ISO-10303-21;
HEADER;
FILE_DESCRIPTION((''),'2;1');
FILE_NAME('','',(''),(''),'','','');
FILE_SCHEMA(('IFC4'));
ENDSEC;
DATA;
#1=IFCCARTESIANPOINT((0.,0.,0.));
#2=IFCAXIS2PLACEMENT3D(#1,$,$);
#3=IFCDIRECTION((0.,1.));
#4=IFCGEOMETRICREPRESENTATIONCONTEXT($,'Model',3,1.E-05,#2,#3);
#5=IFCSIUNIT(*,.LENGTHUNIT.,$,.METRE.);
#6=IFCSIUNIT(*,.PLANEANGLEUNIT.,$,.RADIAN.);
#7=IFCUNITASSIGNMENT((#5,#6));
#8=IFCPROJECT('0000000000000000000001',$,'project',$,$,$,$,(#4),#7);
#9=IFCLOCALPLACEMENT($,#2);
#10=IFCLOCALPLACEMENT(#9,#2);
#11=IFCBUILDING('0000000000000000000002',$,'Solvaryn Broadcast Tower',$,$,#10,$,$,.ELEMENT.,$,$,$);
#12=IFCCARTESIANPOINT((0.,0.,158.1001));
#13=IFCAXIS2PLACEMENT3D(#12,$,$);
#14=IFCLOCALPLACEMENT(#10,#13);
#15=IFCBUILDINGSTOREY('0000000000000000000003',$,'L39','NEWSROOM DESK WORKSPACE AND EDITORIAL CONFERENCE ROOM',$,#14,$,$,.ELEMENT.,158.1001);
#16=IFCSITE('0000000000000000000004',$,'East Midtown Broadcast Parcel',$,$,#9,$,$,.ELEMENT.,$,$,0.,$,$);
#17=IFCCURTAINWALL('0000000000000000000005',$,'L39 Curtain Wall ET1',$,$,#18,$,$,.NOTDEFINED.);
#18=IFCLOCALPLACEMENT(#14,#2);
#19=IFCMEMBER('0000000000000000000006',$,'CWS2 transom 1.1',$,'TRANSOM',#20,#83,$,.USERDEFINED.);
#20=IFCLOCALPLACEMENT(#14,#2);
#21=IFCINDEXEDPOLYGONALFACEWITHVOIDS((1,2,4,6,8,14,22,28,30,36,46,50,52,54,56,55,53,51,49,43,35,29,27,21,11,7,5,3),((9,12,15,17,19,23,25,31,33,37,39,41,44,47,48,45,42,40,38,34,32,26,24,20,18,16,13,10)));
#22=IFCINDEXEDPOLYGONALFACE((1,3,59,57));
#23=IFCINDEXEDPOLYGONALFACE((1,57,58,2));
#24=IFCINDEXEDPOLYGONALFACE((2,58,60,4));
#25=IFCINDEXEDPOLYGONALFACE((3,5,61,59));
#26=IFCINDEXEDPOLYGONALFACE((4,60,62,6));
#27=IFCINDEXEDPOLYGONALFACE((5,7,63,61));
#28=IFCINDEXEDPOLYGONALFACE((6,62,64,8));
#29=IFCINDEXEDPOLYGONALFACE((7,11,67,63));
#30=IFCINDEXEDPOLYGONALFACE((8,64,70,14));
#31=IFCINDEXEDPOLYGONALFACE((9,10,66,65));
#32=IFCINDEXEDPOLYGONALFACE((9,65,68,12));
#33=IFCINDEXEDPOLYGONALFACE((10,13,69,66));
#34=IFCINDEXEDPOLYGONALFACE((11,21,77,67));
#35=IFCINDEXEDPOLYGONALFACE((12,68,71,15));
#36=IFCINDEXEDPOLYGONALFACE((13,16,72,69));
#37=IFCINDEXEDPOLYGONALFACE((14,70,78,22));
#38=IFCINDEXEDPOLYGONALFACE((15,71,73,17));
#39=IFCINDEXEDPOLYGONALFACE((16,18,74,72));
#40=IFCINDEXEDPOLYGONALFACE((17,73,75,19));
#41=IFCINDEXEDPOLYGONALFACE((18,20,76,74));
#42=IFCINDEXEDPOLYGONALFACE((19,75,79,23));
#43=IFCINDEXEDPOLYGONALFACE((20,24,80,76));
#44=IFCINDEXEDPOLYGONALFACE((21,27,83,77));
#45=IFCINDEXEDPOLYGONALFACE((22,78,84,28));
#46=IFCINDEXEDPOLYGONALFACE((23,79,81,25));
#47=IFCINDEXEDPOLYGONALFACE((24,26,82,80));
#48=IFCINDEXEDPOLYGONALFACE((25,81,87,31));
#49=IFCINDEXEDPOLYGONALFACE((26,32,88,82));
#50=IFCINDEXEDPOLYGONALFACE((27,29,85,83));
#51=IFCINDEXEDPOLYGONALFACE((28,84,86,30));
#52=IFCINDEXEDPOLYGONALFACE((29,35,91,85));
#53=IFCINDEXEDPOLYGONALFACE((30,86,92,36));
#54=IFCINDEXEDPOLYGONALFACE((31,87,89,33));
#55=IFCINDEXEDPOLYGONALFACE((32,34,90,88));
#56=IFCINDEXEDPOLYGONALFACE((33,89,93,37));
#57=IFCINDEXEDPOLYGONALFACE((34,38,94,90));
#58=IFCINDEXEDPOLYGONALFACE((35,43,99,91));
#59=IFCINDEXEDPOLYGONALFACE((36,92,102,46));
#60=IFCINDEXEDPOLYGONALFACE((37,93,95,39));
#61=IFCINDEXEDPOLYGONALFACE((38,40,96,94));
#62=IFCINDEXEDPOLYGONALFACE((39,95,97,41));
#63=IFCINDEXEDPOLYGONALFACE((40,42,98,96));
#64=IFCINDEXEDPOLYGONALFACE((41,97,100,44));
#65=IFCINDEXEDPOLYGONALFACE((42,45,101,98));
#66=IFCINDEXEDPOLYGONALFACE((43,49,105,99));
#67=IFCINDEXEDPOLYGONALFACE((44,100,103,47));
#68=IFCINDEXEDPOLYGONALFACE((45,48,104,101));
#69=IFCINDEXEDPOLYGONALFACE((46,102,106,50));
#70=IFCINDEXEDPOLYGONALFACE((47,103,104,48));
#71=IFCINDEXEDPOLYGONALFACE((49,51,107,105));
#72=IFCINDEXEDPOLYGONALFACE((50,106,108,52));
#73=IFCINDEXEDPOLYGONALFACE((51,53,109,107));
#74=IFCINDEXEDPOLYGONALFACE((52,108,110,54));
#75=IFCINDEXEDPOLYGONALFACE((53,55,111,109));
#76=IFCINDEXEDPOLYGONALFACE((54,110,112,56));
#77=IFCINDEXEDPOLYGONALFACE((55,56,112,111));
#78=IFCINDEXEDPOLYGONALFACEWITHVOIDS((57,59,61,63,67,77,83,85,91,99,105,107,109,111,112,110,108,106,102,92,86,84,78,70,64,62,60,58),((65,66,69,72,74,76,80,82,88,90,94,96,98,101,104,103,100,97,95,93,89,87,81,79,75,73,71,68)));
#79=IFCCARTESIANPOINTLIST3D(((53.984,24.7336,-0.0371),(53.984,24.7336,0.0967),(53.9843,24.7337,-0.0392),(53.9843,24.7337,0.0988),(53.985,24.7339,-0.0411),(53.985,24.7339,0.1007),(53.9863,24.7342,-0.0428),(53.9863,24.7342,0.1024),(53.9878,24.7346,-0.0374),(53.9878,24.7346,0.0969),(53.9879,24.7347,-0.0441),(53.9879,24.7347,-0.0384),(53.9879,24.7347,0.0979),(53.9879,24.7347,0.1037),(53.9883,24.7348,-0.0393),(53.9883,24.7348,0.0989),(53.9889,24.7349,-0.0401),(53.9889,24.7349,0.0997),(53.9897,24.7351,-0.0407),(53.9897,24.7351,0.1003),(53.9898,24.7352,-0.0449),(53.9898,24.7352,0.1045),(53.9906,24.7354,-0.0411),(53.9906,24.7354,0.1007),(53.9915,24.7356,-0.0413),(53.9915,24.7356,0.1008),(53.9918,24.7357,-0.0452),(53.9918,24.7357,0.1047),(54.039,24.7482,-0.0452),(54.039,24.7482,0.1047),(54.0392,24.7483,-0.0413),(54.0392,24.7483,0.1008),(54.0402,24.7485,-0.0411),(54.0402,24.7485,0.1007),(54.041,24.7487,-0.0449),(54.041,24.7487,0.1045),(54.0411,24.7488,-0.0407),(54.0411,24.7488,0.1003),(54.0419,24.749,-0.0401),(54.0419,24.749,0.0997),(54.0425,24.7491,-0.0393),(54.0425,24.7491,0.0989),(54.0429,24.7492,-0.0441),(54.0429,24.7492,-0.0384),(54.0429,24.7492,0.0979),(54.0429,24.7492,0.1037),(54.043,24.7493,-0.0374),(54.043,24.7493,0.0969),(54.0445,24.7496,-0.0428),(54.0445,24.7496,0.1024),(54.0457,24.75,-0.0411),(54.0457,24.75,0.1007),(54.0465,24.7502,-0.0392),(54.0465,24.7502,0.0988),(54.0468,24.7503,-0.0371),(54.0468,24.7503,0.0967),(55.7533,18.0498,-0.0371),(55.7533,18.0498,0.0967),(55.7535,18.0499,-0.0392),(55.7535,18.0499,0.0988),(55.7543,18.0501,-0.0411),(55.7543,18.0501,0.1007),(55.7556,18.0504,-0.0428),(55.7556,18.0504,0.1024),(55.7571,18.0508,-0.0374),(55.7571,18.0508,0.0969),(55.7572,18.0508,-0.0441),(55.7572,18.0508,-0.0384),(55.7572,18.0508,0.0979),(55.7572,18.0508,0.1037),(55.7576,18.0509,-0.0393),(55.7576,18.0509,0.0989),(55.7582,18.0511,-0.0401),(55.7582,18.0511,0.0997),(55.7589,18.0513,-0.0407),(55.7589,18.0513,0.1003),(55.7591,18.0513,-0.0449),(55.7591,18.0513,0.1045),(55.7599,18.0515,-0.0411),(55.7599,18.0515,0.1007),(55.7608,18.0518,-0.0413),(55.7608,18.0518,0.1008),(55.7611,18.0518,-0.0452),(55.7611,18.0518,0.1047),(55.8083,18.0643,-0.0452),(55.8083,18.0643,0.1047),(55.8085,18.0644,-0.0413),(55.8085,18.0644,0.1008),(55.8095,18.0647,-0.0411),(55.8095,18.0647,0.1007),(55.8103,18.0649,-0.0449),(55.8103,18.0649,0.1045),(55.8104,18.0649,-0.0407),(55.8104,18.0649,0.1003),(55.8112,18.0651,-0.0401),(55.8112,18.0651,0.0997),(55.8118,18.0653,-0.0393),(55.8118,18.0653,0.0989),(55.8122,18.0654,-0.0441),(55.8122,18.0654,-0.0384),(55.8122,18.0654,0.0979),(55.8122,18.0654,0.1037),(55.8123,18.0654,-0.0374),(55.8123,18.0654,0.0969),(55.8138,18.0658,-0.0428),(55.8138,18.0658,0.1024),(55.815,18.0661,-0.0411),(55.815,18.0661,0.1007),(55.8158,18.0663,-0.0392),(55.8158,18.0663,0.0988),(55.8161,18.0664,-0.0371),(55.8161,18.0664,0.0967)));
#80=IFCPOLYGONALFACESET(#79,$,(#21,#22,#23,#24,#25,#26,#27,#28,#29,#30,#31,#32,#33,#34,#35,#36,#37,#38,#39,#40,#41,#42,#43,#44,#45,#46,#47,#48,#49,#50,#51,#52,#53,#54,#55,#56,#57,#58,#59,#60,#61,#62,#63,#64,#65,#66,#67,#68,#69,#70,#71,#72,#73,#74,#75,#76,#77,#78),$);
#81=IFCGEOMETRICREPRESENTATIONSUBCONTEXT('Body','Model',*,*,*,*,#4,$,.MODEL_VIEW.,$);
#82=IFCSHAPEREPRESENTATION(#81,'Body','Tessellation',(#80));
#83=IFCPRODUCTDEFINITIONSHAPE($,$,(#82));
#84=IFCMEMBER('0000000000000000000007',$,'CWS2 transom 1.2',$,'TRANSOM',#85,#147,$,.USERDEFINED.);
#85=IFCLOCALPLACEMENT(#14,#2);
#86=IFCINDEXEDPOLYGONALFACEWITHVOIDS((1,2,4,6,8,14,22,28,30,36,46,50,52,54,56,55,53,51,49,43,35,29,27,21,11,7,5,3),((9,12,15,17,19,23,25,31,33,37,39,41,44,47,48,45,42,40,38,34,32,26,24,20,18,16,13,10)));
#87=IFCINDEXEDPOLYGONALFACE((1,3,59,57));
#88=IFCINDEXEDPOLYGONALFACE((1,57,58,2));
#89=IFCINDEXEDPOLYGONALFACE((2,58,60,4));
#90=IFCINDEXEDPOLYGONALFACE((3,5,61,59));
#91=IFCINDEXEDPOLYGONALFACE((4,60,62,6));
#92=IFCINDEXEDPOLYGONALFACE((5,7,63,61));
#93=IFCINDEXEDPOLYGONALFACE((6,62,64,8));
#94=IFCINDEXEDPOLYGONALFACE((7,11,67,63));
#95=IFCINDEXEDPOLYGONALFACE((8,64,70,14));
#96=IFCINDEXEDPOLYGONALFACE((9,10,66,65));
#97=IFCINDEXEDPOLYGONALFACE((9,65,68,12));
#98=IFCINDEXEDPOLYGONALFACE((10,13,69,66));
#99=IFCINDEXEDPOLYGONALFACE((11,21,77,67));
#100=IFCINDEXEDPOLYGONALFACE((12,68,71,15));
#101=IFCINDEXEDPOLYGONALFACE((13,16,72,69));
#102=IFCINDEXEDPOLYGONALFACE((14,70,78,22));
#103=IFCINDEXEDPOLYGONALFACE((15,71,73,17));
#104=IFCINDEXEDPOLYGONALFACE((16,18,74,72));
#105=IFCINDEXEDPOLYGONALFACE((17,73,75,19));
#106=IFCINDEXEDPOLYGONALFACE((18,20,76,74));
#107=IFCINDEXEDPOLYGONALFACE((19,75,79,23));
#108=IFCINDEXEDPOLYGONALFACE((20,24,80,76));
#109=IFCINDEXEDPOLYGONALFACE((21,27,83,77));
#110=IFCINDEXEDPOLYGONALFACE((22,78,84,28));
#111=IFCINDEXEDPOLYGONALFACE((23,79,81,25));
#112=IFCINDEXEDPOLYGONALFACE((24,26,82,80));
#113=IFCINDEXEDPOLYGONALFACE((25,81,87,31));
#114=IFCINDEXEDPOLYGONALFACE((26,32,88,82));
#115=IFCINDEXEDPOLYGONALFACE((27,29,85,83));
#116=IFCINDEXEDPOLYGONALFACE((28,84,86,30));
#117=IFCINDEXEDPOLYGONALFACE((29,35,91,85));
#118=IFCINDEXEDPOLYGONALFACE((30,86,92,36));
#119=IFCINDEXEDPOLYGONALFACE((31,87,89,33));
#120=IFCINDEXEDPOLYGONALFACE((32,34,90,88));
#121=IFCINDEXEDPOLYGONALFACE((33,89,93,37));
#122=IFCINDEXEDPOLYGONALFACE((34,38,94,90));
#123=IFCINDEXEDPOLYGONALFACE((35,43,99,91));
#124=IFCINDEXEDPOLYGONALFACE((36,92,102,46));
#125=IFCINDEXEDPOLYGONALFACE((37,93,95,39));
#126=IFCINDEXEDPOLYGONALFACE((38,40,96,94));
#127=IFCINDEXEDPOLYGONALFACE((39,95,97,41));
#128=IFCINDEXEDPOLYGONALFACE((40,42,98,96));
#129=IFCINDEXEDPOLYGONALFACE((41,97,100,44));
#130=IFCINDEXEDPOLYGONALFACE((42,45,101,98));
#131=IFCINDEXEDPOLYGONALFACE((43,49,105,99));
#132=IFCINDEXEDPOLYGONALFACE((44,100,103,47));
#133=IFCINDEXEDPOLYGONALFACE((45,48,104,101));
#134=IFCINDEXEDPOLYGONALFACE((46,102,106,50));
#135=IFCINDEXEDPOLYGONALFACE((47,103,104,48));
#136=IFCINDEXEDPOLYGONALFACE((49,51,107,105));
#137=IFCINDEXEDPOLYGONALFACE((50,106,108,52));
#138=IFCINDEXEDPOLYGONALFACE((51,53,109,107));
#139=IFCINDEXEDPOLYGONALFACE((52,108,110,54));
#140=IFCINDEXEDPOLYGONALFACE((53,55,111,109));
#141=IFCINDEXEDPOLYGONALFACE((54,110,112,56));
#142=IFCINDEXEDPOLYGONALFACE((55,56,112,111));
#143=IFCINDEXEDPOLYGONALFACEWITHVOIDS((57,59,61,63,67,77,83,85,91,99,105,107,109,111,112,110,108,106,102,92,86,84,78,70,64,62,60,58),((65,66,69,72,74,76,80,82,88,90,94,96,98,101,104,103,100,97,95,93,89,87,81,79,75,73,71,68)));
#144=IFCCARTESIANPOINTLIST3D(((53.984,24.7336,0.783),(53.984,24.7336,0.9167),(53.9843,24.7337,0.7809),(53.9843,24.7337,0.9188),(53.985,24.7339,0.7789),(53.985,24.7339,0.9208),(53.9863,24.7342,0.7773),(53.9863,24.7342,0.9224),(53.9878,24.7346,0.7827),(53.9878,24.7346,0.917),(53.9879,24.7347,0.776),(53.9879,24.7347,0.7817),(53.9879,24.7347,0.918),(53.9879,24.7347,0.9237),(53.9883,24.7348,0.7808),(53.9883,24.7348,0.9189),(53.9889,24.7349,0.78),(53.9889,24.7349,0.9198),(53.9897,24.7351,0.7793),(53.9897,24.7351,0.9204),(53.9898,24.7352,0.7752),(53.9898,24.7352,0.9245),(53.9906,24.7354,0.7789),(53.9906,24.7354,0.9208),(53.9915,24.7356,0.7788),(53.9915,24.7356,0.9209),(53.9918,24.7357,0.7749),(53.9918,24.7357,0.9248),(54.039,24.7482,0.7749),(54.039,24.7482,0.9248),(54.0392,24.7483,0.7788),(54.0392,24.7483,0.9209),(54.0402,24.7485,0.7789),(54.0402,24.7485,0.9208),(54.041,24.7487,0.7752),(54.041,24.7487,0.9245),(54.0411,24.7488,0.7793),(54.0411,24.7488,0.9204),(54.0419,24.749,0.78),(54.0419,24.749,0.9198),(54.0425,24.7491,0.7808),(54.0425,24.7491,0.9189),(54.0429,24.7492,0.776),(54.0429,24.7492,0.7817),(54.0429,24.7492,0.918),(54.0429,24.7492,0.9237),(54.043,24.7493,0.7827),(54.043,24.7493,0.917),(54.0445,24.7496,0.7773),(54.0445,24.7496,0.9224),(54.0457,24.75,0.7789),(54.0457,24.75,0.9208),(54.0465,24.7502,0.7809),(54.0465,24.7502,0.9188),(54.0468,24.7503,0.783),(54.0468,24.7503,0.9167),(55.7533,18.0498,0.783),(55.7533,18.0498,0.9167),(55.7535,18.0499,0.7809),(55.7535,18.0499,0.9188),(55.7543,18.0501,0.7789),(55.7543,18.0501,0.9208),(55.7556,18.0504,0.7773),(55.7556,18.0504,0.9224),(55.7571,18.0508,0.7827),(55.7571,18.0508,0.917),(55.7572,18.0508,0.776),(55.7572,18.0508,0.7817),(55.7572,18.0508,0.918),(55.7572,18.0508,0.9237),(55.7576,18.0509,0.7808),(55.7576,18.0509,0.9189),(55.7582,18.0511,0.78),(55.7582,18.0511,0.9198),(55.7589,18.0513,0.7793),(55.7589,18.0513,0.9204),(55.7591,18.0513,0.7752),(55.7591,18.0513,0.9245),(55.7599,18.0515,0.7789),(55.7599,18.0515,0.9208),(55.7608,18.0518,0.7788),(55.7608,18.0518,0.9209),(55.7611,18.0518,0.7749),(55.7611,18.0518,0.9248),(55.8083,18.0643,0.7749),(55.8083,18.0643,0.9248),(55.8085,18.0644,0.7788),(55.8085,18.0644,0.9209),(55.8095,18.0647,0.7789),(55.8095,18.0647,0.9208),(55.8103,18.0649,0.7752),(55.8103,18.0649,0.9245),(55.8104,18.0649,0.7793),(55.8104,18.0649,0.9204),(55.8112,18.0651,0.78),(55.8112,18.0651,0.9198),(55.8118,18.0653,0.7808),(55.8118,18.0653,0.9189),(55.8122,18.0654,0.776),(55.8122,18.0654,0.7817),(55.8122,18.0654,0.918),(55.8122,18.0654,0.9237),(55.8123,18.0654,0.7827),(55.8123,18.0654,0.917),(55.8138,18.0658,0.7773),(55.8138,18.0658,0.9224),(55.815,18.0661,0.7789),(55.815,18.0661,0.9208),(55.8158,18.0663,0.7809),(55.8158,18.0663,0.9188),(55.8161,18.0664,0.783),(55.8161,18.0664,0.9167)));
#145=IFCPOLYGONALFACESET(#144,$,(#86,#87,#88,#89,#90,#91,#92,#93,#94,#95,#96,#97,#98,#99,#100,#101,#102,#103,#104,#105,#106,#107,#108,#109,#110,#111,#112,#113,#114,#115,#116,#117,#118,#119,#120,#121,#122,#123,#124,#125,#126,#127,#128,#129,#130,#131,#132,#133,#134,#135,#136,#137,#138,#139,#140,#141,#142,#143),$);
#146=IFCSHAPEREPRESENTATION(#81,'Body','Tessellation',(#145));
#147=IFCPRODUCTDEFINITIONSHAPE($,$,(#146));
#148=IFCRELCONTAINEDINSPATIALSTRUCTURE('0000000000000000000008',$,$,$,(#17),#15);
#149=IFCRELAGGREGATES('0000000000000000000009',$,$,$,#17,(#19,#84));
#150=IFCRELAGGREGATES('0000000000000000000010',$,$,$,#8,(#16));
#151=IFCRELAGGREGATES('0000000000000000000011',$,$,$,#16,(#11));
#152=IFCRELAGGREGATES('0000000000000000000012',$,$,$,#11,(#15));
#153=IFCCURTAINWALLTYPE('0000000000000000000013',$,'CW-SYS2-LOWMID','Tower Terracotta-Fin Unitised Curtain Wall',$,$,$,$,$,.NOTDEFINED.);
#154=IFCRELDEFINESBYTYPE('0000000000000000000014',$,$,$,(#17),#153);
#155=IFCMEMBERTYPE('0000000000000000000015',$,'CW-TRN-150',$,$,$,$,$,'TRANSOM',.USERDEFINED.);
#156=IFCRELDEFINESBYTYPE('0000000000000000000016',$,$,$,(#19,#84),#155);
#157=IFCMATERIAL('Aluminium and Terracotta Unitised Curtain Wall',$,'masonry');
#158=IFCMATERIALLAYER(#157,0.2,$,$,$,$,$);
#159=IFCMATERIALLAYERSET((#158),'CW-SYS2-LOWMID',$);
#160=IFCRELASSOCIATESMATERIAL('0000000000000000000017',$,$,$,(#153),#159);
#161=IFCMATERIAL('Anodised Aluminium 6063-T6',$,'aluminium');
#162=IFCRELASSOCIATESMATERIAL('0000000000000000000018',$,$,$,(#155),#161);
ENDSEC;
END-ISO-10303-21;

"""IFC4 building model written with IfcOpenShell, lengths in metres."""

from ifc_helpers import new_model, si_unit, direction, frame, origin, origin_2d, place, context, subcontext, project, spatial, hollow_rectangle, extrude, material, layer, layer_set, material_profile, profile_set, type_object, element, aggregate, save


model = new_model("IFC4")

# Units and contexts
model_context = context("Model", 3, precision=1e-05, world=origin(), true_north=direction((0.0, 1.0)))
body_context = subcontext(model_context, "Body", "Model", "MODEL_VIEW")
ifc_project = project(units=[si_unit("LENGTHUNIT", "METRE"), si_unit("PLANEANGLEUNIT", "RADIAN")], contexts=[model_context])

# Site, building, storey
site_placement = place(None, origin())
site = spatial("IfcSite", under=ifc_project, at=site_placement, Name="East Midtown Broadcast Parcel", CompositionType="ELEMENT", RefElevation=0.0)
building_placement = place(site_placement, origin())
building = spatial("IfcBuilding", under=site, at=building_placement, Name="Solvaryn Broadcast Tower", CompositionType="ELEMENT")
storey_placement = place(building_placement, frame((0.0, 0.0, 158.1001)))
storey = spatial("IfcBuildingStorey", under=building, at=storey_placement, Name="L39", Description="NEWSROOM DESK WORKSPACE AND EDITORIAL CONFERENCE ROOM", CompositionType="ELEMENT", Elevation=158.1001)

# Curtain wall
ifc_material_1 = material(Name="Aluminium and Terracotta Unitised Curtain Wall", Category="masonry")
ifc_layer_1 = layer(ifc_material_1, 0.2)
ifc_layer_set_1 = layer_set([ifc_layer_1], Name="CW-SYS2-LOWMID")
curtain_wall_type = type_object("IfcCurtainWallType", Name="CW-SYS2-LOWMID", Description="Tower Terracotta-Fin Unitised Curtain Wall", PredefinedType="NOTDEFINED", material=ifc_layer_set_1)
curtain_wall_1_placement = place(storey_placement, origin())
curtain_wall_1 = element("IfcCurtainWall", 1, at=curtain_wall_1_placement, inside=storey, type_object=curtain_wall_type, Name="L39 Curtain Wall ET1", PredefinedType="NOTDEFINED")

# Members
ifc_material_2 = material(Name="Anodised Aluminium 6063-T6", Category="aluminium")
ifc_material_profile_1 = material_profile(ifc_material_2, hollow_rectangle(XDim=0.0649, YDim=0.1499, WallThickness=0.0039, InnerFilletRadius=0.0039, OuterFilletRadius=0.0081, at=origin_2d()))
ifc_profile_set_1 = profile_set([ifc_material_profile_1], Name="Anodised Aluminium 6063-T6")
member_type_1 = type_object("IfcMemberType", Name="CW-TRN-150", ElementType="TRANSOM", PredefinedType="USERDEFINED", material=ifc_profile_set_1)
member_1_placement = place(storey_placement, frame((54.0154, 24.7419, 0.0298), z_axis=(0.255897, -0.966704, 0.0), x_axis=(0.966704, 0.255897, 0.0)))
member_1 = element("IfcMember", 2, at=member_1_placement, type_object=member_type_1, Name="CWS2 transom 1.1", ObjectType="TRANSOM", PredefinedType="USERDEFINED", context=body_context, shape_type="SweptSolid", body=[
    extrude(hollow_rectangle(XDim=0.0649, YDim=0.1499, WallThickness=0.0039, InnerFilletRadius=0.0039, OuterFilletRadius=0.0081, at=origin_2d()), origin(), (0.0, 0.0, 1.0), 6.9141),
])
member_2_placement = place(storey_placement, frame((54.0154, 24.7419, 0.8499), z_axis=(0.255897, -0.966704, 0.0), x_axis=(0.966704, 0.255897, 0.0)))
member_2 = element("IfcMember", 3, at=member_2_placement, type_object=member_type_1, Name="CWS2 transom 1.2", ObjectType="TRANSOM", PredefinedType="USERDEFINED", context=body_context, shape_type="SweptSolid", body=[
    extrude(hollow_rectangle(XDim=0.0649, YDim=0.1499, WallThickness=0.0039, InnerFilletRadius=0.0039, OuterFilletRadius=0.0081, at=origin_2d()), origin(), (0.0, 0.0, 1.0), 6.9141),
])

aggregate(curtain_wall_1, [member_1, member_2])

save(model, "model.ifc")
